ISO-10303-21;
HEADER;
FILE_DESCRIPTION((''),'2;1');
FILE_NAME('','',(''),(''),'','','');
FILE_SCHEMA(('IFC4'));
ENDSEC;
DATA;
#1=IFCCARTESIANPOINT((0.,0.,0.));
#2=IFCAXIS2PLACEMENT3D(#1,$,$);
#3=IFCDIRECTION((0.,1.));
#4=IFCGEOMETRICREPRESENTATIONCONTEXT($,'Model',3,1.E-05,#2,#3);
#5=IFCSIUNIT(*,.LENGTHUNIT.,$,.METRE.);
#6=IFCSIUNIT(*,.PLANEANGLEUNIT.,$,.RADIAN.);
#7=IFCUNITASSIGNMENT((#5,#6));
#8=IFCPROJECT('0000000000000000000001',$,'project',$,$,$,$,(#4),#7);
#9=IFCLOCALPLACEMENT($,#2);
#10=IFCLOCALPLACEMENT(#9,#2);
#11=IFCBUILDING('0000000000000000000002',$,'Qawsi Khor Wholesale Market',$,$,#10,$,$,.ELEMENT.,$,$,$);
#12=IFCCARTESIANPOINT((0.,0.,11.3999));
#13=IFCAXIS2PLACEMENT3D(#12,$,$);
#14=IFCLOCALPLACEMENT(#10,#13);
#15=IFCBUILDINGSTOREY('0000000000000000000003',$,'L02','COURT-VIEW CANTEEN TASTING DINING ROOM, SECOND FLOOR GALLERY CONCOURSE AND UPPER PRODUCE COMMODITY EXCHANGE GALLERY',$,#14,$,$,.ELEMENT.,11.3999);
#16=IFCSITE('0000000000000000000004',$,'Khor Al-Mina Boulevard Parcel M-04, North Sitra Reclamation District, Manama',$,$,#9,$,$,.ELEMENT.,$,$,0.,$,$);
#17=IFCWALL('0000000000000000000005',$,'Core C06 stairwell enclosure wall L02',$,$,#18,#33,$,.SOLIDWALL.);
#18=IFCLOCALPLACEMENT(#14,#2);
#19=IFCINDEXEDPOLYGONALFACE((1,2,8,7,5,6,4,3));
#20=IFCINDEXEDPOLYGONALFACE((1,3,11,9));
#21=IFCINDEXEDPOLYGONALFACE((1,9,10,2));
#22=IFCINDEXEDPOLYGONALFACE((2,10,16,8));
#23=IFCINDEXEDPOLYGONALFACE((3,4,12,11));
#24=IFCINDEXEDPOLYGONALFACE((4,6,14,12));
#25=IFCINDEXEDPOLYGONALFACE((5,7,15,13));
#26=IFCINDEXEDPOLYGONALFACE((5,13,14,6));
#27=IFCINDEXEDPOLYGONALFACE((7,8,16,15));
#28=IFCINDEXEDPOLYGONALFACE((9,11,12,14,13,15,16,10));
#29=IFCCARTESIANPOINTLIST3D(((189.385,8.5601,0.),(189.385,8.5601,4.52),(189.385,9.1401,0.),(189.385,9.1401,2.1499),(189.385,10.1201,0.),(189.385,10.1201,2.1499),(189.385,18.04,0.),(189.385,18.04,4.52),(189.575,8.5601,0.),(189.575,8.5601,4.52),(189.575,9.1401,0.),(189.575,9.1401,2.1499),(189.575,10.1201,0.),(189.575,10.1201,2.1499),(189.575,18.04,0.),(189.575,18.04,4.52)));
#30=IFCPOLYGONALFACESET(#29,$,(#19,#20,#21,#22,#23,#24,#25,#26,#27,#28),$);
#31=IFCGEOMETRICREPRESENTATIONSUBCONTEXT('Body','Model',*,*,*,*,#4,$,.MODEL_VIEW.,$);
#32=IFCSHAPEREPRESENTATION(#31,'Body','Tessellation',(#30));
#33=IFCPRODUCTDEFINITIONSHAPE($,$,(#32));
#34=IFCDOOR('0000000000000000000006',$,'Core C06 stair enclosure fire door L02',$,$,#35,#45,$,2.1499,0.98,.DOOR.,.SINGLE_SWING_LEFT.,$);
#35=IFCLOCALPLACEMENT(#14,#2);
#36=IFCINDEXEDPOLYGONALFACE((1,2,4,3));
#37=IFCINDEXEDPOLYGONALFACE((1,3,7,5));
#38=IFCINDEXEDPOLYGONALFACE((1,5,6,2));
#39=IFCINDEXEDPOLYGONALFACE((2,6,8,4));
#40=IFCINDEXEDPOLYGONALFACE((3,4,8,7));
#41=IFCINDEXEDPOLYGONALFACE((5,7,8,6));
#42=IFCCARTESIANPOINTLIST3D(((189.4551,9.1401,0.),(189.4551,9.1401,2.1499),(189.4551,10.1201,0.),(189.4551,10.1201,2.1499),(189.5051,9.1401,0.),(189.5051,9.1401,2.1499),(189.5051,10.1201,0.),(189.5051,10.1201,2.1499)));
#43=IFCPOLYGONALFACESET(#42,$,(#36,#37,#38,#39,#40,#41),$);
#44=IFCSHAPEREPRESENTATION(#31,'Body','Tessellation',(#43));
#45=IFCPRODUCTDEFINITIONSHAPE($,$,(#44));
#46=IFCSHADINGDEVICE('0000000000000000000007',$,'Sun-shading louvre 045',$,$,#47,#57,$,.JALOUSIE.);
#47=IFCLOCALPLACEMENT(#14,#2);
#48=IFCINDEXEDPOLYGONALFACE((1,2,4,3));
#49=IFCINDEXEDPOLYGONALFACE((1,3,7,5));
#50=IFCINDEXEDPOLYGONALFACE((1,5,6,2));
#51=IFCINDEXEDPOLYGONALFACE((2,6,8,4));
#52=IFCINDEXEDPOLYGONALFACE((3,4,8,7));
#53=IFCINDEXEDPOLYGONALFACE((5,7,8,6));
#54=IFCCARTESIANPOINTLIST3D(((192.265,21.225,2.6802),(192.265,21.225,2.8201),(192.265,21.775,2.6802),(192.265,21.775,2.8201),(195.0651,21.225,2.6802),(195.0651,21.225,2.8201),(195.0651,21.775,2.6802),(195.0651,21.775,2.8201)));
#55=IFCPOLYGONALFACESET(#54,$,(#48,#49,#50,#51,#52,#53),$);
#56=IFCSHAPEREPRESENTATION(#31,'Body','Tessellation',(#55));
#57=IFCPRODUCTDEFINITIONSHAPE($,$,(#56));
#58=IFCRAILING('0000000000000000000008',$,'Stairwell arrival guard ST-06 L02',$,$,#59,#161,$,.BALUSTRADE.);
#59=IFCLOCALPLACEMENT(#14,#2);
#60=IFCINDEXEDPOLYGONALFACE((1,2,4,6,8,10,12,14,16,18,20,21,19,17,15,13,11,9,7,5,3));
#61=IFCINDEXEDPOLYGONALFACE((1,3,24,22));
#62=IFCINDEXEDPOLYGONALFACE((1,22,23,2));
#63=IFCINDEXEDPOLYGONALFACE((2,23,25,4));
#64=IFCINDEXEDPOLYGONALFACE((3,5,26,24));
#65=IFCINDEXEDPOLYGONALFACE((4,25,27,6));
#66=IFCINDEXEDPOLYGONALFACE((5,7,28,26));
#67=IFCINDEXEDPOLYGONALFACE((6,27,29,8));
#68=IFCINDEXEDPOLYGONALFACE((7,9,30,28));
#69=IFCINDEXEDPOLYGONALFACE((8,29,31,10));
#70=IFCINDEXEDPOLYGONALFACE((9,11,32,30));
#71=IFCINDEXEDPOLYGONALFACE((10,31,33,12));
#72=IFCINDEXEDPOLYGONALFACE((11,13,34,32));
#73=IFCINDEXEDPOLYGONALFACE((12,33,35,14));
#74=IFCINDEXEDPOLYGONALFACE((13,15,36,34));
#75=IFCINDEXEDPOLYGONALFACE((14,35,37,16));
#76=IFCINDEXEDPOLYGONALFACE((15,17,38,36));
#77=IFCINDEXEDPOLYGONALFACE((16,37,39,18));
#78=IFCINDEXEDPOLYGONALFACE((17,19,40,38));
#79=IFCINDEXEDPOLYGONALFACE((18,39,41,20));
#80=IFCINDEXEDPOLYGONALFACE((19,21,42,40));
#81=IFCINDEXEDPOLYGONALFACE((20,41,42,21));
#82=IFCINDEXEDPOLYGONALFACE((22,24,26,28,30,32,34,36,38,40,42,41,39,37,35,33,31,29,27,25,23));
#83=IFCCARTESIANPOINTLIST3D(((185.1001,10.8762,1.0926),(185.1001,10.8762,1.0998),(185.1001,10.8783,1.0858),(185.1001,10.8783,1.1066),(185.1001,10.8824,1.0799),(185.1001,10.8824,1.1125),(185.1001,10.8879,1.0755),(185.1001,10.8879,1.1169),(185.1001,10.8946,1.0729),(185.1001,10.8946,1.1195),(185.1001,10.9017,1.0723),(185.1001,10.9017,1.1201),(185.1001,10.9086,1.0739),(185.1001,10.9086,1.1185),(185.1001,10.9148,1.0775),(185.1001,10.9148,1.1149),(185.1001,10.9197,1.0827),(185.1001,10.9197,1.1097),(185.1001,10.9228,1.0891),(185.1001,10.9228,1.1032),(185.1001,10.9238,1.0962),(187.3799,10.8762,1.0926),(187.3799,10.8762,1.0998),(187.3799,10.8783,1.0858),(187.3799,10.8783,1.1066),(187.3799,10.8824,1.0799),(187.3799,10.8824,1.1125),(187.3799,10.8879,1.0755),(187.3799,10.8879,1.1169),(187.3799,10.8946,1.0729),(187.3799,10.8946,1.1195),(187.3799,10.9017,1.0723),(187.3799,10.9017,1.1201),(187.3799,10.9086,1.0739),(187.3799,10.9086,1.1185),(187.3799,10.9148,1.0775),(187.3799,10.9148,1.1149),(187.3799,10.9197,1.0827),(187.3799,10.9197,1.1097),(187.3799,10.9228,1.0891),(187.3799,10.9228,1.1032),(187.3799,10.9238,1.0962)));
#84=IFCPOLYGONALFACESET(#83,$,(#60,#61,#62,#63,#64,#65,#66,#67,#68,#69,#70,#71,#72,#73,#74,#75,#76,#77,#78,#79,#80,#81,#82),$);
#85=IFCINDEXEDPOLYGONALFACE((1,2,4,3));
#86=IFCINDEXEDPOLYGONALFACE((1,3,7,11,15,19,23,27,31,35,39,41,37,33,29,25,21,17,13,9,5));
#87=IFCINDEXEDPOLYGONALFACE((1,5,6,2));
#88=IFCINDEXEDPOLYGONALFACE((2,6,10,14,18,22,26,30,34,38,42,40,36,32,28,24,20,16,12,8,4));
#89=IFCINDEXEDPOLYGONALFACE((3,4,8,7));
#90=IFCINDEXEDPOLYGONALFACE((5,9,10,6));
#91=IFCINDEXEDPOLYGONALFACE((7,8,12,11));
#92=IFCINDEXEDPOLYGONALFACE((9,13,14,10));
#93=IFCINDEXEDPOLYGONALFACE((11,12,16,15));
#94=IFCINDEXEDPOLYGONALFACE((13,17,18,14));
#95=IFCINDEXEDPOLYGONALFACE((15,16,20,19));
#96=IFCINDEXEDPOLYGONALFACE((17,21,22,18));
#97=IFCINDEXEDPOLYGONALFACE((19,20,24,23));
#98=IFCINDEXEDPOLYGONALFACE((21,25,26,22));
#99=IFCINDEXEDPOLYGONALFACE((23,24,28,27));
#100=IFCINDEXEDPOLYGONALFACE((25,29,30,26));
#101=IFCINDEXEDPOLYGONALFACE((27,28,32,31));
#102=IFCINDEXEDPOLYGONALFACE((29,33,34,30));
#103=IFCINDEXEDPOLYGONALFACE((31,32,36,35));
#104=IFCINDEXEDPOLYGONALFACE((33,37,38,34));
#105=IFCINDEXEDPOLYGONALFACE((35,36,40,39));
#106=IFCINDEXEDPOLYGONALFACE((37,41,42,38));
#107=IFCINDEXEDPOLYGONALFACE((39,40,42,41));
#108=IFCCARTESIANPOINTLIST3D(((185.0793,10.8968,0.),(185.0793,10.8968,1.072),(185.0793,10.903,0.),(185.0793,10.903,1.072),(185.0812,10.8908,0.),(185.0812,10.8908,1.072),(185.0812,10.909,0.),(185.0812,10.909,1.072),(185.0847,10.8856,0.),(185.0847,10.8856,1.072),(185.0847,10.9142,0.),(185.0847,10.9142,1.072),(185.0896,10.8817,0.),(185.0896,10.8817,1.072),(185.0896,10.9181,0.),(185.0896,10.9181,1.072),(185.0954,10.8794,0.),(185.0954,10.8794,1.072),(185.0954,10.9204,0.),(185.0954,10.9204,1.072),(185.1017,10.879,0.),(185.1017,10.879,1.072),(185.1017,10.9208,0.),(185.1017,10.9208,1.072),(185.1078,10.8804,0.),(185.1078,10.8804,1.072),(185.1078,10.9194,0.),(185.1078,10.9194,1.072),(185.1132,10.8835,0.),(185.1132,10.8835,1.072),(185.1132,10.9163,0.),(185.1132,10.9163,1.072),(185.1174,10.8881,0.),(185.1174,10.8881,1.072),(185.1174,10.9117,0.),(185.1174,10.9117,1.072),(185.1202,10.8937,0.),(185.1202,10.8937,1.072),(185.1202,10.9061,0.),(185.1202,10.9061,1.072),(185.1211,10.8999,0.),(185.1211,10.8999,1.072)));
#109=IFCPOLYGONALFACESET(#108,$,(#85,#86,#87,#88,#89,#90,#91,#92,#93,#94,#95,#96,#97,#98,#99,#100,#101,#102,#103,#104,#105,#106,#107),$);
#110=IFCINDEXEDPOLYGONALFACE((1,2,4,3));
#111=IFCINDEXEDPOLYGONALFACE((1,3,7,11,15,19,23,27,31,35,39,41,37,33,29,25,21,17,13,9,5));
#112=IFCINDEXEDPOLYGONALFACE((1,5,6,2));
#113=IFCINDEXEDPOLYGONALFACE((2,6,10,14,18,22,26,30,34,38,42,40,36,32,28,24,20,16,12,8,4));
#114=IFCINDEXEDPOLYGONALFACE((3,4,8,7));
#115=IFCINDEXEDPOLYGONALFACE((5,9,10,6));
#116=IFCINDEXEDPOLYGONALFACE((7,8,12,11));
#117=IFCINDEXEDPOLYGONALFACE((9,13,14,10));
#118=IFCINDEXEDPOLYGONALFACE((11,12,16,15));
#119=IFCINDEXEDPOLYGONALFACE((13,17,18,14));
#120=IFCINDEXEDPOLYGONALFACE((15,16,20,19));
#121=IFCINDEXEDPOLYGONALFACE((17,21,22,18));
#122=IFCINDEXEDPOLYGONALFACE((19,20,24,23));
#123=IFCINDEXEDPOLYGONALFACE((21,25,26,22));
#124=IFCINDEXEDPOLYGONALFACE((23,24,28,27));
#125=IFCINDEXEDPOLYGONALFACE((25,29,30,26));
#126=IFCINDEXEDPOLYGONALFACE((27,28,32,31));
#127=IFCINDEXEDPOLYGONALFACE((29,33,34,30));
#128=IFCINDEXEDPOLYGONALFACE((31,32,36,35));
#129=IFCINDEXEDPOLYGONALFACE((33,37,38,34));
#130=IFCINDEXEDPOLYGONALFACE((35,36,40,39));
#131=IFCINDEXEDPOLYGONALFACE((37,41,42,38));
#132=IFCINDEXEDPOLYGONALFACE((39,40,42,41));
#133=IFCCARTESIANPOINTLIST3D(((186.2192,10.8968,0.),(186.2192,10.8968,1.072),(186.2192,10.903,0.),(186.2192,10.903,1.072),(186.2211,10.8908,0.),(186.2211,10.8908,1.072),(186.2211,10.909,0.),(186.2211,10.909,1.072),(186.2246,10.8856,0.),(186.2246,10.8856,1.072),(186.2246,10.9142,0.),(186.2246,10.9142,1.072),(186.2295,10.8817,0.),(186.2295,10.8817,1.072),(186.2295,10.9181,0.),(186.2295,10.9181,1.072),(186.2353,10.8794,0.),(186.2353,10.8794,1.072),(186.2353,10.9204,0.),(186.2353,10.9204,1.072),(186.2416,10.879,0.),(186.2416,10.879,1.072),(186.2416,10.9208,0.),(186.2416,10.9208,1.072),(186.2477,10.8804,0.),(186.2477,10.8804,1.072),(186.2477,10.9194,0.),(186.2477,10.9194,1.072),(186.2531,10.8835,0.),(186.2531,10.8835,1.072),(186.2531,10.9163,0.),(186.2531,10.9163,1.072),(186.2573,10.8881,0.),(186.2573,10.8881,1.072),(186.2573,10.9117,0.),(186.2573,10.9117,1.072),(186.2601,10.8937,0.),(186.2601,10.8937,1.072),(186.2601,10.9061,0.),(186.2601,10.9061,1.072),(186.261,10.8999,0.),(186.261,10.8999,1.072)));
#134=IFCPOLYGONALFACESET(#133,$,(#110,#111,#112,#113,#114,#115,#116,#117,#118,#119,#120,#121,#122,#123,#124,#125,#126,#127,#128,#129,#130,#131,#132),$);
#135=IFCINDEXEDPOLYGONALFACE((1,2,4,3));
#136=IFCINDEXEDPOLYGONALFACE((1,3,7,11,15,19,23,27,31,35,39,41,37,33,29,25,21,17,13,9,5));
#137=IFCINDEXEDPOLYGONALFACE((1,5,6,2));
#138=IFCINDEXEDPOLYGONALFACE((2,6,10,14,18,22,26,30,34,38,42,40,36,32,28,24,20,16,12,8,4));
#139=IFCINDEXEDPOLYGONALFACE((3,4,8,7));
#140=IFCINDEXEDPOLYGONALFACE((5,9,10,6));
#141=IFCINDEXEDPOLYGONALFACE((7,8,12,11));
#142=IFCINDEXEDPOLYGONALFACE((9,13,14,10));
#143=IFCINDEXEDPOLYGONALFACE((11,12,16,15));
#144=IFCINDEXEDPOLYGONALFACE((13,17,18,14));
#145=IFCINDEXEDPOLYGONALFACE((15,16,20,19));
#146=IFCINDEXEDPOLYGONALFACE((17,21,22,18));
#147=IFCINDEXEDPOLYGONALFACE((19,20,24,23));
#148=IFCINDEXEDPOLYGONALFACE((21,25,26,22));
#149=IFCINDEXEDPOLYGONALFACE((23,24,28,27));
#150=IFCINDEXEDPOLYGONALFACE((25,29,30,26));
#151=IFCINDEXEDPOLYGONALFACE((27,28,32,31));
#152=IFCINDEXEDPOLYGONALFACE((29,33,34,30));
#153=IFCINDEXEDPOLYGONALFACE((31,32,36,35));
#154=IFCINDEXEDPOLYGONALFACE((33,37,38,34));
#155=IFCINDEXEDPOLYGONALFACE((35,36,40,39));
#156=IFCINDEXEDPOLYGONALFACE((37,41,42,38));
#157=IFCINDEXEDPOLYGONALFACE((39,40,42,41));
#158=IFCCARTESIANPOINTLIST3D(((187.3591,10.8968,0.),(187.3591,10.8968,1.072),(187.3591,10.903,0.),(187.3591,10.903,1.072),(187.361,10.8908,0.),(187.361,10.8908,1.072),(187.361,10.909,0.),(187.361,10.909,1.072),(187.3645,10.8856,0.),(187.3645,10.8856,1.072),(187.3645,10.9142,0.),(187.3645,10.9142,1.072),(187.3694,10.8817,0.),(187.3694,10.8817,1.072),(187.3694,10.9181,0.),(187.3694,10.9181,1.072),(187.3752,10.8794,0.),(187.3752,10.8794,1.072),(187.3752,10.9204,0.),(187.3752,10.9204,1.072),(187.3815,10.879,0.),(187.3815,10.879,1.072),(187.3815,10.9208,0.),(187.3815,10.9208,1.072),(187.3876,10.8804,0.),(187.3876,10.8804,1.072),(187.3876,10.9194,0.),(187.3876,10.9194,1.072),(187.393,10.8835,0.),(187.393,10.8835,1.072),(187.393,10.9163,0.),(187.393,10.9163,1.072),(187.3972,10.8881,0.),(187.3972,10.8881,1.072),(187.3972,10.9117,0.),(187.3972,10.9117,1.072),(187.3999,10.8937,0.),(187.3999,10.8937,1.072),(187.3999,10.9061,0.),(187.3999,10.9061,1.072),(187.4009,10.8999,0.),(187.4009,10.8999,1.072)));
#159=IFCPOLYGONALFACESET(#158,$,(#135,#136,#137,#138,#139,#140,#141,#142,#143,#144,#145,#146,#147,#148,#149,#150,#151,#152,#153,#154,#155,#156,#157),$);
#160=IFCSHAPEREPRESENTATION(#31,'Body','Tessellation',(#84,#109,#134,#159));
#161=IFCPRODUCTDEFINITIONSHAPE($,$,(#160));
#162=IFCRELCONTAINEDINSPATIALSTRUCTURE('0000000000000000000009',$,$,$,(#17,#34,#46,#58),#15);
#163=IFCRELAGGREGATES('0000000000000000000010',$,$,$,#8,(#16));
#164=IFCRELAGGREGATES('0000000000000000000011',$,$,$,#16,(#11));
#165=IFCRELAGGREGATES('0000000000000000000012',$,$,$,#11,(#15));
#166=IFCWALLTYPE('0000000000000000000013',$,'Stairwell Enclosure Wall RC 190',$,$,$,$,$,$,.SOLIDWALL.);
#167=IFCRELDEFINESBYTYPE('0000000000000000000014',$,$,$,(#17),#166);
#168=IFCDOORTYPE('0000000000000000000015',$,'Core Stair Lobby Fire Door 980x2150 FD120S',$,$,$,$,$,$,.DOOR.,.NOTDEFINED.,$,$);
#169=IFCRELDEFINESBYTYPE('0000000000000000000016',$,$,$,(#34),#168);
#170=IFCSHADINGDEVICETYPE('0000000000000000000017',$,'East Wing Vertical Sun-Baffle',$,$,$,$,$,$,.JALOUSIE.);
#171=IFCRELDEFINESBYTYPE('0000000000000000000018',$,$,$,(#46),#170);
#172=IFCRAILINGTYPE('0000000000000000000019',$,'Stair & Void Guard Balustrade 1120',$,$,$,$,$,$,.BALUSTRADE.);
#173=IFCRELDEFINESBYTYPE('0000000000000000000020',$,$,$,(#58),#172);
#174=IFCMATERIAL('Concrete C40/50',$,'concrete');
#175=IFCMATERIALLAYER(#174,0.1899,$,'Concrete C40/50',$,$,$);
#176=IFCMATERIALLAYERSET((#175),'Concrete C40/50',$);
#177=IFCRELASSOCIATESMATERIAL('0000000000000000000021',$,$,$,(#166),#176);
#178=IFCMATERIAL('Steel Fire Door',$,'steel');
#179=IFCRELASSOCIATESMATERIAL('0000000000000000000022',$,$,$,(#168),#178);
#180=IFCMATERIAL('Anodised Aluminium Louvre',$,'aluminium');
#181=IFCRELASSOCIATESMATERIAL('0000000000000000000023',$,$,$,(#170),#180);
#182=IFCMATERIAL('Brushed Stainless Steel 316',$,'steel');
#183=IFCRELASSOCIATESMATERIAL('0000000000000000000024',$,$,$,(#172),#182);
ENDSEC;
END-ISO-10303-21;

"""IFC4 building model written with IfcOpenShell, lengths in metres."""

from ifc_helpers import new_model, si_unit, direction, frame, frame_2d, origin, origin_2d, place, context, subcontext, project, spatial, rectangle, circle, extrude, material, layer, layer_set, type_object, element, fill, save


model = new_model("IFC4")

# Units and contexts
model_context = context("Model", 3, precision=1e-05, world=origin(), true_north=direction((0.0, 1.0)))
body_context = subcontext(model_context, "Body", "Model", "MODEL_VIEW")
ifc_project = project(units=[si_unit("LENGTHUNIT", "METRE"), si_unit("PLANEANGLEUNIT", "RADIAN")], contexts=[model_context])

# Site, building, storey
site_placement = place(None, origin())
site = spatial("IfcSite", under=ifc_project, at=site_placement, Name="Khor Al-Mina Boulevard Parcel M-04, North Sitra Reclamation District, Manama", CompositionType="ELEMENT", RefElevation=0.0)
building_placement = place(site_placement, origin())
building = spatial("IfcBuilding", under=site, at=building_placement, Name="Qawsi Khor Wholesale Market", CompositionType="ELEMENT")
storey_placement = place(building_placement, frame((0.0, 0.0, 11.3999)))
storey = spatial("IfcBuildingStorey", under=building, at=storey_placement, Name="L02", Description="COURT-VIEW CANTEEN TASTING DINING ROOM, SECOND FLOOR GALLERY CONCOURSE AND UPPER PRODUCE COMMODITY EXCHANGE GALLERY", CompositionType="ELEMENT", Elevation=11.3999)

# Shared definitions
ifc_material_1 = material(Name="Concrete C40/50", Category="concrete")

# Wall, opening, door
ifc_layer_1 = layer(ifc_material_1, 0.1899, Name="Concrete C40/50")
ifc_layer_set_1 = layer_set([ifc_layer_1], Name="Concrete C40/50")
wall_type_1 = type_object("IfcWallType", Name="Stairwell Enclosure Wall RC 190", PredefinedType="SOLIDWALL", material=ifc_layer_set_1)
wall_1_placement = place(storey_placement, frame((189.48, 8.5601, 0.0), z_axis=(0.0, 0.0, 1.0), x_axis=(0.0, 1.0, 0.0)))
wall_1 = element("IfcWall", 1, at=wall_1_placement, inside=storey, type_object=wall_type_1, Name="Core C06 stairwell enclosure wall L02", PredefinedType="SOLIDWALL", context=body_context, shape_type="SweptSolid", body=[
    extrude(rectangle(XDim=9.48, YDim=0.1899, at=frame_2d((4.74, 0.0))), origin(), (0.0, 0.0, 1.0), 4.52),
])
opening_1_placement = place(wall_1_placement, frame((0.5801, 0.0, 0.0)))
opening_1 = element("IfcOpeningElement", 2, at=opening_1_placement, cuts=wall_1, PredefinedType="OPENING", context=body_context, shape_type="SweptSolid", body=[
    extrude(rectangle(XDim=0.98, YDim=2.1499, at=frame_2d((0.49, 1.075))), frame((0.0, 0.105, 0.0), z_axis=(0.0, -1.0, 0.0), x_axis=(1.0, 0.0, 0.0)), (0.0, 0.0, 1.0), 0.21),
])
ifc_material_2 = material(Name="Steel Fire Door", Category="steel")
door_type_1 = type_object("IfcDoorType", Name="Core Stair Lobby Fire Door 980x2150 FD120S", OperationType="NOTDEFINED", PredefinedType="DOOR", material=ifc_material_2)
door_1_placement = place(opening_1_placement, origin())
door_1 = element("IfcDoor", 3, at=door_1_placement, inside=storey, type_object=door_type_1, Name="Core C06 stair enclosure fire door L02", OperationType="SINGLE_SWING_LEFT", OverallHeight=2.1499, OverallWidth=0.98, PredefinedType="DOOR", context=body_context, shape_type="SweptSolid", body=[
    extrude(rectangle(XDim=0.98, YDim=2.1499, at=frame_2d((0.49, 1.075))), frame((0.0, 0.0249, 0.0), z_axis=(0.0, -1.0, 0.0), x_axis=(1.0, 0.0, 0.0)), (0.0, 0.0, 1.0), 0.05),
])
fill(opening_1, door_1)

# Shading device
ifc_material_3 = material(Name="Anodised Aluminium Louvre", Category="aluminium")
shading_device_type = type_object("IfcShadingDeviceType", Name="East Wing Vertical Sun-Baffle", PredefinedType="JALOUSIE", material=ifc_material_3)
shading_device_placement = place(storey_placement, frame((193.665, 21.5, 2.6802), z_axis=(0.0, 0.0, 1.0), x_axis=(1.0, 0.0, 0.0)))
element("IfcShadingDevice", 4, at=shading_device_placement, inside=storey, type_object=shading_device_type, Name="Sun-shading louvre 045", PredefinedType="JALOUSIE", context=body_context, shape_type="SweptSolid", body=[
    extrude(rectangle(XDim=2.8, YDim=0.55, at=origin_2d()), origin(), (0.0, 0.0, 1.0), 0.1399),
])

# Railing
ifc_material_4 = material(Name="Brushed Stainless Steel 316", Category="steel")
railing_type = type_object("IfcRailingType", Name="Stair & Void Guard Balustrade 1120", PredefinedType="BALUSTRADE", material=ifc_material_4)
railing_placement = place(storey_placement, frame((185.1001, 10.8999, 0.0)))
element("IfcRailing", 5, at=railing_placement, inside=storey, type_object=railing_type, Name="Stairwell arrival guard ST-06 L02", PredefinedType="BALUSTRADE", context=body_context, shape_type="SweptSolid", body=[
    extrude(circle(Radius=0.0239, at=origin_2d()), frame((0.0, 0.0, 1.0962), z_axis=(1.0, 0.0, 0.0), x_axis=(0.0, 1.0, 0.0)), (0.0, 0.0, 1.0), 2.2798),
    extrude(circle(Radius=0.021, at=origin_2d()), origin(), (0.0, 0.0, 1.0), 1.072),
    extrude(circle(Radius=0.021, at=origin_2d()), frame((1.1399, 0.0, 0.0)), (0.0, 0.0, 1.0), 1.072),
    extrude(circle(Radius=0.021, at=origin_2d()), frame((2.2798, 0.0, 0.0)), (0.0, 0.0, 1.0), 1.072),
])

save(model, "model.ifc")
